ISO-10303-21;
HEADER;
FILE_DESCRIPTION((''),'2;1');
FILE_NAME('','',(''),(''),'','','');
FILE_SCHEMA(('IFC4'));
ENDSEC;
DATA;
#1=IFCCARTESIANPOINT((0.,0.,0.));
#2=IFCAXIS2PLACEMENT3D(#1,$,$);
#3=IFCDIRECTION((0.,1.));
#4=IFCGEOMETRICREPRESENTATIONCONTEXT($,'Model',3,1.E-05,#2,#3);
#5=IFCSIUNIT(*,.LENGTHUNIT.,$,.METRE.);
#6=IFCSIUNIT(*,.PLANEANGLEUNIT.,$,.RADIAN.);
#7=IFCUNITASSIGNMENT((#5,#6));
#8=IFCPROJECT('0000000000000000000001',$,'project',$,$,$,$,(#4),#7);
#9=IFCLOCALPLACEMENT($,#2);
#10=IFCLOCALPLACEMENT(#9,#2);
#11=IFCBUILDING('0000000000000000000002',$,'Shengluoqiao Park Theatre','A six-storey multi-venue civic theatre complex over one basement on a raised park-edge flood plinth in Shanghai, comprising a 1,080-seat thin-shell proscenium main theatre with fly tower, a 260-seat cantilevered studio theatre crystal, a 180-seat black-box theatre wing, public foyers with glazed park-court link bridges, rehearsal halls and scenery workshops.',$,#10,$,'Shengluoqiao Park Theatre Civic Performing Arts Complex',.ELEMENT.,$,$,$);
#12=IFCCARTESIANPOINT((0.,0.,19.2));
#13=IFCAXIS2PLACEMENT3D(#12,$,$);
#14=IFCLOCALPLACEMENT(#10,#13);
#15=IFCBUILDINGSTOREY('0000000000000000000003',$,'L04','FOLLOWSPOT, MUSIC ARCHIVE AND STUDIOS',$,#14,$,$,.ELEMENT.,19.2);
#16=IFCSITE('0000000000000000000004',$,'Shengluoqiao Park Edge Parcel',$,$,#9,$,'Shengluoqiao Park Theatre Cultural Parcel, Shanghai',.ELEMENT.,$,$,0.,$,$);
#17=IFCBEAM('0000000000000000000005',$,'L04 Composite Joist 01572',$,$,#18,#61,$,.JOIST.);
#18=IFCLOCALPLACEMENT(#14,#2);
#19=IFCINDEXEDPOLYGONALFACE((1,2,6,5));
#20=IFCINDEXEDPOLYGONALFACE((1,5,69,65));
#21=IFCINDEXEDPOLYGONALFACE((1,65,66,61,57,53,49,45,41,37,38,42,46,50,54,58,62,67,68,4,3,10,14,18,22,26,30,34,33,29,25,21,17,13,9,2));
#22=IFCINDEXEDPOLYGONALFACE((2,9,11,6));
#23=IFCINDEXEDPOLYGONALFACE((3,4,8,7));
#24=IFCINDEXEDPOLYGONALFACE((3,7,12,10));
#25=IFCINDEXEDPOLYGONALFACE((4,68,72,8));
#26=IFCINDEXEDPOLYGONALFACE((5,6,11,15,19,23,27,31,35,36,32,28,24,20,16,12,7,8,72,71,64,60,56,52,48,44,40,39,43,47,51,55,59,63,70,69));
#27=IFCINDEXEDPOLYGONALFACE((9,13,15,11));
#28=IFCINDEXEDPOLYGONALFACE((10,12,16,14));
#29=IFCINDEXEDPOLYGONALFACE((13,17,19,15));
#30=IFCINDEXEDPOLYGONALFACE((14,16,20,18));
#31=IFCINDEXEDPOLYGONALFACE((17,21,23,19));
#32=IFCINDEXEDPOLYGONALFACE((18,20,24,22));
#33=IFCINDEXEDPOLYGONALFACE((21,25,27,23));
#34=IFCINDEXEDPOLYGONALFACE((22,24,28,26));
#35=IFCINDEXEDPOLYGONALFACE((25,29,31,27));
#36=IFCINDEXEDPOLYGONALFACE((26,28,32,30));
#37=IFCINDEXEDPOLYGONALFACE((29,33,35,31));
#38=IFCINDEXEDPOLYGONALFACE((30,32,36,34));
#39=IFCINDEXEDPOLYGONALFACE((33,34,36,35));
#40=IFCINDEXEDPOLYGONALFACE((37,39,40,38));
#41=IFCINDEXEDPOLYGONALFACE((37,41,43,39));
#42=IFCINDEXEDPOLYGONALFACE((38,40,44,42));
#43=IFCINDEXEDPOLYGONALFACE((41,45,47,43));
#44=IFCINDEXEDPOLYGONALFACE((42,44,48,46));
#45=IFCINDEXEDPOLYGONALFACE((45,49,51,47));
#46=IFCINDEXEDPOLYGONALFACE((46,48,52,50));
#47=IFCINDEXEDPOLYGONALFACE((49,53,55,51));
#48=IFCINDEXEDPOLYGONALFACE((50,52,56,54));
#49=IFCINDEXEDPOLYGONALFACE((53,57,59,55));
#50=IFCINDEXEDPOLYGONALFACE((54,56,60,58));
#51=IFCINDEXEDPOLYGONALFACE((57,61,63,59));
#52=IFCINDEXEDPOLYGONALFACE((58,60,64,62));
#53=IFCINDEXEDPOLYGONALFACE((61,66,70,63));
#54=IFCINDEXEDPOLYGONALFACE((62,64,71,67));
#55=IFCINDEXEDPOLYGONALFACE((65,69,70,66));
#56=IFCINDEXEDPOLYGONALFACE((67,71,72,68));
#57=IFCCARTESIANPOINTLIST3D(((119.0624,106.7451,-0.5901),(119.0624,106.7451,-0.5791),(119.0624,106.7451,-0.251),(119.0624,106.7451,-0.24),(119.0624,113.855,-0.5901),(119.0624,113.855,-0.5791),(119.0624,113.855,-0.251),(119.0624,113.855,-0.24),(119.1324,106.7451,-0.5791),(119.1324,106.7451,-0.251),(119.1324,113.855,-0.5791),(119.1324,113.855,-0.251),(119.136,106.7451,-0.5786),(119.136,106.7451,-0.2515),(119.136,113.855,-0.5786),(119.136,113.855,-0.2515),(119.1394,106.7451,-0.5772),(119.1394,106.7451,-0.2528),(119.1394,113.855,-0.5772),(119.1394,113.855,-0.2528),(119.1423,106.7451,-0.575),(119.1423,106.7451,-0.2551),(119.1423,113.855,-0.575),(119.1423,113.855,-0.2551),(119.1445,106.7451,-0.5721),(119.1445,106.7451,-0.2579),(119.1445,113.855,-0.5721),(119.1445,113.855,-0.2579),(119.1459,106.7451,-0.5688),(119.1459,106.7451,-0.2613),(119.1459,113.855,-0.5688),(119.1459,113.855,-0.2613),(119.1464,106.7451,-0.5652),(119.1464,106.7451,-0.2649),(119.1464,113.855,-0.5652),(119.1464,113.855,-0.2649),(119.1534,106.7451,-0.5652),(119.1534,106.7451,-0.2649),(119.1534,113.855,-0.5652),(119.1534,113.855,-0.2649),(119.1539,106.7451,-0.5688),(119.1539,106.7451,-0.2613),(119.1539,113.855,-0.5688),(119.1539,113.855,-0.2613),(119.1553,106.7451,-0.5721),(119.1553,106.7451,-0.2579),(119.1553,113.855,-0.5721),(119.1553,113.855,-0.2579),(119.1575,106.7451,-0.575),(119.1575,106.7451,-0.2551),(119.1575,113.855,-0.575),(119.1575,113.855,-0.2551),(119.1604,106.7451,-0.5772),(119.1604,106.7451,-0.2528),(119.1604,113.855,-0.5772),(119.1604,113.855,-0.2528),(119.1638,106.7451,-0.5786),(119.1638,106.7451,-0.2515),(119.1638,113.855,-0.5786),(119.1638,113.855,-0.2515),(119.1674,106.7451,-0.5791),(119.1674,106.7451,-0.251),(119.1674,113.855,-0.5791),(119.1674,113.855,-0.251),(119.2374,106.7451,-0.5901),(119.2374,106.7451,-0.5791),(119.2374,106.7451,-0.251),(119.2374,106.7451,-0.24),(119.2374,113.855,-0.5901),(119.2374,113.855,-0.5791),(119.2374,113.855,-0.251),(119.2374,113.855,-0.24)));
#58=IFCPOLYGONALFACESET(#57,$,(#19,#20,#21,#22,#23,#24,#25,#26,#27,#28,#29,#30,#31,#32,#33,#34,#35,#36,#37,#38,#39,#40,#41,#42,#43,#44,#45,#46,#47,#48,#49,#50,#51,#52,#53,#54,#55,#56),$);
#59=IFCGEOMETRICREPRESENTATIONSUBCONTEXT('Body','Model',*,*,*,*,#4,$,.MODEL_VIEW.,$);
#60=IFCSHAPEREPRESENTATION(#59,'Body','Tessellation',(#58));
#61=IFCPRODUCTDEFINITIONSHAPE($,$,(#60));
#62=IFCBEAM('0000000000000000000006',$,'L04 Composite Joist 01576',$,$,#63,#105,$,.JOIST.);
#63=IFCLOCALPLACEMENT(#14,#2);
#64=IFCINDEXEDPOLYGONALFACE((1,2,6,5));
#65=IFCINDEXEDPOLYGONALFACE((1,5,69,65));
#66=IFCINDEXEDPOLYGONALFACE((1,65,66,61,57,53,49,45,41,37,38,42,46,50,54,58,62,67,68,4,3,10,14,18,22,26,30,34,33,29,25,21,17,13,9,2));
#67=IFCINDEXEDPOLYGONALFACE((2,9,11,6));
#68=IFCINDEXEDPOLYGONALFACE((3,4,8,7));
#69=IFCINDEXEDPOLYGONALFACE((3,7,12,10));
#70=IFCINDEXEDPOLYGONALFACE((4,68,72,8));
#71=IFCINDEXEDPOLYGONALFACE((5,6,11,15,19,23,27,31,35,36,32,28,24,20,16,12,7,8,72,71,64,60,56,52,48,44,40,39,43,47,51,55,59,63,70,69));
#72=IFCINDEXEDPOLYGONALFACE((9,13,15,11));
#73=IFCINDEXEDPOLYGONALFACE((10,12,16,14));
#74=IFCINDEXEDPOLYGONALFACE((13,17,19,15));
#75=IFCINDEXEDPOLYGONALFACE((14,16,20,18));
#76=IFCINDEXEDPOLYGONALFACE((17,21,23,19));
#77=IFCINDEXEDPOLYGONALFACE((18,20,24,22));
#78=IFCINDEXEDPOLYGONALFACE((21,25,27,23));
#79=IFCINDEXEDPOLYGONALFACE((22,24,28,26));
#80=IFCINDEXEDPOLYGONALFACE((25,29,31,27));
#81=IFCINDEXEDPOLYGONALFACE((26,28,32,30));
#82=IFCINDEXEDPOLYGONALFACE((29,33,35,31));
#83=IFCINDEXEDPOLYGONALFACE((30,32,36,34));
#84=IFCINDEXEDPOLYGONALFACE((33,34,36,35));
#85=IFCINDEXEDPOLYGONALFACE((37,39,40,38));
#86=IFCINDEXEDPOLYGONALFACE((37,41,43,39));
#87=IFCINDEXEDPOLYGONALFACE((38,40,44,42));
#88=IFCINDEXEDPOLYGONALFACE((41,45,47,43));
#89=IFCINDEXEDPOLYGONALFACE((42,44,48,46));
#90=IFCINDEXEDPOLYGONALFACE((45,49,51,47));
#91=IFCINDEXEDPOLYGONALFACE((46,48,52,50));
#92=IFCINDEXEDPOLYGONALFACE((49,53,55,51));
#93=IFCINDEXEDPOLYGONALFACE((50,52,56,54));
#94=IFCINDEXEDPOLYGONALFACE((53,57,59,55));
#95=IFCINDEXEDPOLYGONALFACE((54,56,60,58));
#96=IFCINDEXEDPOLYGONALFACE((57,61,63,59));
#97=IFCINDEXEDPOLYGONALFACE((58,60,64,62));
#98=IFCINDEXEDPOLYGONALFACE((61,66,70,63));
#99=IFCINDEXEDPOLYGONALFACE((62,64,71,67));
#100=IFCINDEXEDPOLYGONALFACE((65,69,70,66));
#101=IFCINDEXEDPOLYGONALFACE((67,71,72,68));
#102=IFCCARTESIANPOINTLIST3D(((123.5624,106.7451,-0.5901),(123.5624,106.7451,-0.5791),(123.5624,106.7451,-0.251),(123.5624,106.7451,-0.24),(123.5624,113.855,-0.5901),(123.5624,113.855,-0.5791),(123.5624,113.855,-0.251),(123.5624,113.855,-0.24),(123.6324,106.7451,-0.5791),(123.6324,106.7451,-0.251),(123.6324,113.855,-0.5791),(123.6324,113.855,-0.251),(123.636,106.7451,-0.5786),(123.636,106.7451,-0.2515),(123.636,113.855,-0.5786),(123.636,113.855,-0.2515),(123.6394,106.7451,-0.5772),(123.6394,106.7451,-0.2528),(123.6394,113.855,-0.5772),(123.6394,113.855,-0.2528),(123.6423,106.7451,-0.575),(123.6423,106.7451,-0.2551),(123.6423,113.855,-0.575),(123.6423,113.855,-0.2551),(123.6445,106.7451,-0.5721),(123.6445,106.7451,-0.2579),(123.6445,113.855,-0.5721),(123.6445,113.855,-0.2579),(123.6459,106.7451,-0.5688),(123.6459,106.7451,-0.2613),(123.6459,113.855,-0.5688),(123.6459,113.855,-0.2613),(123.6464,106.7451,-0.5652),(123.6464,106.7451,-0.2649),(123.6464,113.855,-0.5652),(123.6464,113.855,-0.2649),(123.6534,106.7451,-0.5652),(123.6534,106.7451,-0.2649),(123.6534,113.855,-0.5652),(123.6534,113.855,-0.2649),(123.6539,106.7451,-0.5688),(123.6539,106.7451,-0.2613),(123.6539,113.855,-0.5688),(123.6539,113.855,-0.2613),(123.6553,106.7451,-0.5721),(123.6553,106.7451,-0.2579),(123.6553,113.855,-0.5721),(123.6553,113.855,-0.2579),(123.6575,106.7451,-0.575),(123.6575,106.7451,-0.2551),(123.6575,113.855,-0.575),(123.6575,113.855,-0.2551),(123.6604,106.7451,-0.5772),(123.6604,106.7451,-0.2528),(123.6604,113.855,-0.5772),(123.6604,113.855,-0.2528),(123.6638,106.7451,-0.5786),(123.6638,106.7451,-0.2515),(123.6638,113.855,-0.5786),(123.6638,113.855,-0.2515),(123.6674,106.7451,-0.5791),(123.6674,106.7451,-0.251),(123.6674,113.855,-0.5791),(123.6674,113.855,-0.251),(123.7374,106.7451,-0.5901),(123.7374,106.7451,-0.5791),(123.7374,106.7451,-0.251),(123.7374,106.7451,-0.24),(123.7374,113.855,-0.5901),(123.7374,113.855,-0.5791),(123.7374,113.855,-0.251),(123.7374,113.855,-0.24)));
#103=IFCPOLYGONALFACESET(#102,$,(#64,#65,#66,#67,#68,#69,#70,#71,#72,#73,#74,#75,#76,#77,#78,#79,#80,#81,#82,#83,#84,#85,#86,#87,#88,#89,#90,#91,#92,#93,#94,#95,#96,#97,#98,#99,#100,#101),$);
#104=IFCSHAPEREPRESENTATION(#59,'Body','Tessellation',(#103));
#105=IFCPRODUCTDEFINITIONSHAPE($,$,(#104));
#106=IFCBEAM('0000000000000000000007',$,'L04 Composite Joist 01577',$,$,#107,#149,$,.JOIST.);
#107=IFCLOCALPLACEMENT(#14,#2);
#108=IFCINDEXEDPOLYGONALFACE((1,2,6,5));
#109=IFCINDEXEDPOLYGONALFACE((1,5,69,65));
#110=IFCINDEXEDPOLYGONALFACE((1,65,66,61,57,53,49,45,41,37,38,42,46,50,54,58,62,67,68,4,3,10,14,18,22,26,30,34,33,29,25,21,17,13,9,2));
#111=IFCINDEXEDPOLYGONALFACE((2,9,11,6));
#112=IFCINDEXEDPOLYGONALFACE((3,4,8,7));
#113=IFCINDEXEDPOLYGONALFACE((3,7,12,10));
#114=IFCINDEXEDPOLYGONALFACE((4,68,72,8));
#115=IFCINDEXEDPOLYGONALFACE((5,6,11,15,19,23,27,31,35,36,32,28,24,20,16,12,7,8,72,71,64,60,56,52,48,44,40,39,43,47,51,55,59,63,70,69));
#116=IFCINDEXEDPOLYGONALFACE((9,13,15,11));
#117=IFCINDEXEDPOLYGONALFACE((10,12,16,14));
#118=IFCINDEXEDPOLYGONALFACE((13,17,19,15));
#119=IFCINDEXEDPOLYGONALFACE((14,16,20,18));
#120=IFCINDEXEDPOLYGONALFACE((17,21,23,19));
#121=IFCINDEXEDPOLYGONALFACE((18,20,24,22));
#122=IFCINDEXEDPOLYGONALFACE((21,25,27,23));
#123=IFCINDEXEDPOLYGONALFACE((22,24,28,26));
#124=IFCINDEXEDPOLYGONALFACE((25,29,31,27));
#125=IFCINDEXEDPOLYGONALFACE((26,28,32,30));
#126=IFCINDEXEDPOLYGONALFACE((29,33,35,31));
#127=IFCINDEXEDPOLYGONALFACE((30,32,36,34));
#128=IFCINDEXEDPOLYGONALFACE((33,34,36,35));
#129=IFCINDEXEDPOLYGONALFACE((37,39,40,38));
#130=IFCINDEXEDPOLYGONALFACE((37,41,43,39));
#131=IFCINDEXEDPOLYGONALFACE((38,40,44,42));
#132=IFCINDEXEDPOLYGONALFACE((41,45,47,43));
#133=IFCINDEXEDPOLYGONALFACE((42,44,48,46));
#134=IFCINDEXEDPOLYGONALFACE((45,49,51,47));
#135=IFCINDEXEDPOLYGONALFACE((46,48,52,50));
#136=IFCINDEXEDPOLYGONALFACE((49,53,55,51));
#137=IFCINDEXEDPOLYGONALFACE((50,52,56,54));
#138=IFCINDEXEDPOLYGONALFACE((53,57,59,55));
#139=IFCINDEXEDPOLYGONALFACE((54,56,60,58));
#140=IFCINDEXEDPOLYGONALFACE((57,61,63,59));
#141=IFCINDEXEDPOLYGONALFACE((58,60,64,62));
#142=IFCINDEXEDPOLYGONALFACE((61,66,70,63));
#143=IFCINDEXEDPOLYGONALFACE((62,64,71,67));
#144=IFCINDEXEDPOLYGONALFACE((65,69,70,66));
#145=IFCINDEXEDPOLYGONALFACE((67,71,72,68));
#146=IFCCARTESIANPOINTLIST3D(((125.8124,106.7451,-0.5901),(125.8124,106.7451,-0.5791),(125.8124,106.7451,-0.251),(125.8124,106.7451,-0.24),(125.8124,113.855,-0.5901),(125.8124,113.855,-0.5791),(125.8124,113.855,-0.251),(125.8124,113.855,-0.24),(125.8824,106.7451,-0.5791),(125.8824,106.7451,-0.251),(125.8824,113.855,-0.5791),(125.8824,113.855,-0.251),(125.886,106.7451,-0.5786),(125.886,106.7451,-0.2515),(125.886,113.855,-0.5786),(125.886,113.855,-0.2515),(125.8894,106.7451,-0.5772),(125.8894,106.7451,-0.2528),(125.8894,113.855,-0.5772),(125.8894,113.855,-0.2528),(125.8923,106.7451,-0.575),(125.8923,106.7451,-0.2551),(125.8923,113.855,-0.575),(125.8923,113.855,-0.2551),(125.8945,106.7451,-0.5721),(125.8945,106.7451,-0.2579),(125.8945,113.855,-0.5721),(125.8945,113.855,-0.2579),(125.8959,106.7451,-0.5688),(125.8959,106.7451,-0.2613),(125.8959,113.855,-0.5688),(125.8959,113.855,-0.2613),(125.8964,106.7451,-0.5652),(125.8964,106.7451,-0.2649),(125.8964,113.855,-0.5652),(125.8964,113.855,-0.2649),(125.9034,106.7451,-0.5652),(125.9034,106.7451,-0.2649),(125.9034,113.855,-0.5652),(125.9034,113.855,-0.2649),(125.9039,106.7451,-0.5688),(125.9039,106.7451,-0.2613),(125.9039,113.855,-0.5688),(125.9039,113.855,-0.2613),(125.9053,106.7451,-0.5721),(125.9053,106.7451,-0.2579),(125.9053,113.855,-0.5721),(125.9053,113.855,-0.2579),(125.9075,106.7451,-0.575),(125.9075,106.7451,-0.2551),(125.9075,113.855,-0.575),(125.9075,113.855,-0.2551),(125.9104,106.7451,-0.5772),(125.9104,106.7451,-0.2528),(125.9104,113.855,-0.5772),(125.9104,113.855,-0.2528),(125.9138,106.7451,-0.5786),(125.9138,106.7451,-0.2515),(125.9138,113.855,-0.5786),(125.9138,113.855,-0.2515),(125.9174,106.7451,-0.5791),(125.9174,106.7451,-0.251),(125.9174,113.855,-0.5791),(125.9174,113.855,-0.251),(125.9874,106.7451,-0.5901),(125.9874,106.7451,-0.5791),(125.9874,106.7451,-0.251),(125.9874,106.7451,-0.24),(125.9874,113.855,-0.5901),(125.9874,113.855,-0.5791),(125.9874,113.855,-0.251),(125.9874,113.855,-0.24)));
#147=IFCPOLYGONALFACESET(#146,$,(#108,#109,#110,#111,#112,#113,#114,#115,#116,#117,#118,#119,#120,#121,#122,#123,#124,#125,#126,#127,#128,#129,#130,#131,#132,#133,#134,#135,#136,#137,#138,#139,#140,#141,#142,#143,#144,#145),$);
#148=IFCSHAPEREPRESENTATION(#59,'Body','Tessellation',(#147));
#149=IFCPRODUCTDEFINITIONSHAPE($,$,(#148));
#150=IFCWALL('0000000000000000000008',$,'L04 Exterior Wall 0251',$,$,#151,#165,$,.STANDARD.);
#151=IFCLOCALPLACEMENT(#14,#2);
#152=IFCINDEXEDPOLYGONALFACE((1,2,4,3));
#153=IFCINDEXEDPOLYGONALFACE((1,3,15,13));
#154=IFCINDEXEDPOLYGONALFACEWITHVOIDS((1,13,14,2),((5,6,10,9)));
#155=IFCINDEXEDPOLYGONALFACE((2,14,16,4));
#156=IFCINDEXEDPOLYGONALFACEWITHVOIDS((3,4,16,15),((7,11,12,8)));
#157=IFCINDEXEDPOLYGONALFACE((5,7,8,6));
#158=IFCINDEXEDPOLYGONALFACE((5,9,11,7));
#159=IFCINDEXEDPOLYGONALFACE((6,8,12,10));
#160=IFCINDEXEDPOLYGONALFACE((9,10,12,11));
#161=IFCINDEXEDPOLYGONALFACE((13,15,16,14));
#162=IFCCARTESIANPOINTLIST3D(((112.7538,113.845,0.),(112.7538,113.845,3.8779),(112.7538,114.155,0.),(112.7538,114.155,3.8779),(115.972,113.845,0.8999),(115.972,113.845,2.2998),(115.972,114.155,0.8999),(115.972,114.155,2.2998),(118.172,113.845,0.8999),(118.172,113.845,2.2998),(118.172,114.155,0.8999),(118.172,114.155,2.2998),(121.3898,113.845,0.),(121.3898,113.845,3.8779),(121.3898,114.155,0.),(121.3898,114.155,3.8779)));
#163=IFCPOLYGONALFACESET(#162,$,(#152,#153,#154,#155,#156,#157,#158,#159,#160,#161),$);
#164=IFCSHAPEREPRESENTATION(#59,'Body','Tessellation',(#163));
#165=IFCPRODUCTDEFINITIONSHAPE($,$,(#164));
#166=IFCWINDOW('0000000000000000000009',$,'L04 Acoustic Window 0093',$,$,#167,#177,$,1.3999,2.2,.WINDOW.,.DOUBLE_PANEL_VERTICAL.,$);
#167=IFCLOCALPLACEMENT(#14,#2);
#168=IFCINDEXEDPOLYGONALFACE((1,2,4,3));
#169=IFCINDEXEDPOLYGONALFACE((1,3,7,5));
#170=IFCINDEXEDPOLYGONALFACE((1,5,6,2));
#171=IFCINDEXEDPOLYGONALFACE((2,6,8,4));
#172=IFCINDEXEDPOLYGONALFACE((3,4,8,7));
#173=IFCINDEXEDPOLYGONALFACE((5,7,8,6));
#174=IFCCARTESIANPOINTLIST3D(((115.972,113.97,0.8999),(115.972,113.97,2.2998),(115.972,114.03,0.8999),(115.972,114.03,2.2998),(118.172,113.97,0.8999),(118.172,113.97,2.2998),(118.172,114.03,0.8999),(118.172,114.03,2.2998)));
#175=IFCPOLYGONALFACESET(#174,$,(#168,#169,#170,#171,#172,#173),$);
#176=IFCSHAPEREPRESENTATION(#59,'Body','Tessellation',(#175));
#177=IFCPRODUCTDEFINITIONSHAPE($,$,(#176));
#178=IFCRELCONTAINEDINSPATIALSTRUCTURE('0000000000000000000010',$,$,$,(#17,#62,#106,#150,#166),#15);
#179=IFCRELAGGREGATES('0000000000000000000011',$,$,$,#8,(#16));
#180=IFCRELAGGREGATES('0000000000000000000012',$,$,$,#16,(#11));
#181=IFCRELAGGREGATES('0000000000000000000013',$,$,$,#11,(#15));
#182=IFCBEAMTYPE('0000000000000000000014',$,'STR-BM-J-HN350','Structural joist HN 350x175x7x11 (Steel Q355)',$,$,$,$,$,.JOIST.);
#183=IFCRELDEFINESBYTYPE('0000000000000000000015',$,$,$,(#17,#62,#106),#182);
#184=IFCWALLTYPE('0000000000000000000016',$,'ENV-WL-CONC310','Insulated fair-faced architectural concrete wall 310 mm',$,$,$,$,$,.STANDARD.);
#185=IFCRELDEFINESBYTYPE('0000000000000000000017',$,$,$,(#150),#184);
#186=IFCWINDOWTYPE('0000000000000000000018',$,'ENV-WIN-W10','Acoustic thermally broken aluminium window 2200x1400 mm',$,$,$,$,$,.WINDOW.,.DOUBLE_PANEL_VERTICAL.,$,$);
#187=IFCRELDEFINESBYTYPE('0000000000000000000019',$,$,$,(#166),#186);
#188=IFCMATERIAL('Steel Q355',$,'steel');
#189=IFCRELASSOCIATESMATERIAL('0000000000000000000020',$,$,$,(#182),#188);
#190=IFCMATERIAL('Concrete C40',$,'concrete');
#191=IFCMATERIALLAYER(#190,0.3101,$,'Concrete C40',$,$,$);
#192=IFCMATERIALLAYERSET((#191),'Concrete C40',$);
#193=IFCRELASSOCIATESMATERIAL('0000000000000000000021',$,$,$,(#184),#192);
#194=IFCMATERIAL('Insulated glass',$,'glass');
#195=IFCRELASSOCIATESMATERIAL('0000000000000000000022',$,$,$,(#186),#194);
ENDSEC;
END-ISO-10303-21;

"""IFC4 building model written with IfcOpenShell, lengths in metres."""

from ifc_helpers import new_model, si_unit, direction, frame, frame_2d, origin, origin_2d, place, context, subcontext, project, spatial, rectangle, i_section, extrude, material, layer, layer_set, material_profile, profile_set, type_object, element, fill, save


model = new_model("IFC4")

# Units and contexts
model_context = context("Model", 3, precision=1e-05, world=origin(), true_north=direction((0.0, 1.0)))
body_context = subcontext(model_context, "Body", "Model", "MODEL_VIEW")
ifc_project = project(units=[si_unit("LENGTHUNIT", "METRE"), si_unit("PLANEANGLEUNIT", "RADIAN")], contexts=[model_context])

# Site, building, storey
site_placement = place(None, origin())
site = spatial("IfcSite", under=ifc_project, at=site_placement, Name="Shengluoqiao Park Edge Parcel", LongName="Shengluoqiao Park Theatre Cultural Parcel, Shanghai", CompositionType="ELEMENT", RefElevation=0.0)
building_placement = place(site_placement, origin())
building = spatial("IfcBuilding", under=site, at=building_placement, Name="Shengluoqiao Park Theatre", Description="A six-storey multi-venue civic theatre complex over one basement on a raised park-edge flood plinth in Shanghai, comprising a 1,080-seat thin-shell proscenium main theatre with fly tower, a 260-seat cantilevered studio theatre crystal, a 180-seat black-box theatre wing, public foyers with glazed park-court link bridges, rehearsal halls and scenery workshops.", LongName="Shengluoqiao Park Theatre Civic Performing Arts Complex", CompositionType="ELEMENT")
storey_placement = place(building_placement, frame((0.0, 0.0, 19.2)))
storey = spatial("IfcBuildingStorey", under=building, at=storey_placement, Name="L04", Description="FOLLOWSPOT, MUSIC ARCHIVE AND STUDIOS", CompositionType="ELEMENT", Elevation=19.2)

# Shared definitions
ifc_material_1 = material(Name="Steel Q355", Category="steel")

# Beams
ifc_material_profile_1 = material_profile(ifc_material_1, i_section(OverallWidth=0.175, OverallDepth=0.3501, WebThickness=0.0071, FlangeThickness=0.011, FilletRadius=0.0139, at=origin_2d()), Name="HN 350x175x7x11")
ifc_profile_set_1 = profile_set([ifc_material_profile_1], Name="Steel Q355")
beam_type_1 = type_object("IfcBeamType", Name="STR-BM-J-HN350", Description="Structural joist HN 350x175x7x11 (Steel Q355)", PredefinedType="JOIST", material=ifc_profile_set_1)
for number, where, z_axis, x_axis, name in (
    (1, (119.1499, 106.7451, -0.415), (0.0, 1.0, 0.0), (-1.0, 0.0, 0.0), "L04 Composite Joist 01572"),
    (2, (123.6499, 106.7451, -0.415), (0.0, 1.0, 0.0), (-1.0, 0.0, 0.0), "L04 Composite Joist 01576"),
    (3, (125.8999, 106.7451, -0.415), (0.0, 1.0, 0.0), (-1.0, 0.0, 0.0), "L04 Composite Joist 01577"),
):
    element("IfcBeam", number, at=place(storey_placement, frame(where, z_axis=z_axis, x_axis=x_axis)), inside=storey, type_object=beam_type_1, Name=name, PredefinedType="JOIST", context=body_context, shape_type="SweptSolid", body=[
        extrude(i_section(OverallWidth=0.175, OverallDepth=0.3501, WebThickness=0.0071, FlangeThickness=0.011, FilletRadius=0.0139, at=origin_2d()), origin(), (0.0, 0.0, 1.0), 7.1099),
    ])

# Wall, opening, window
ifc_material_2 = material(Name="Concrete C40", Category="concrete")
ifc_layer_1 = layer(ifc_material_2, 0.3101, Name="Concrete C40")
ifc_layer_set_1 = layer_set([ifc_layer_1], Name="Concrete C40")
wall_type_1 = type_object("IfcWallType", Name="ENV-WL-CONC310", Description="Insulated fair-faced architectural concrete wall 310 mm", PredefinedType="STANDARD", material=ifc_layer_set_1)
wall_1_placement = place(storey_placement, frame((112.7539, 114.0, 0.0), z_axis=(0.0, 0.0, 1.0), x_axis=(1.0, 0.0, 0.0)))
wall_1 = element("IfcWall", 4, at=wall_1_placement, inside=storey, type_object=wall_type_1, Name="L04 Exterior Wall 0251", PredefinedType="STANDARD", context=body_context, shape_type="SweptSolid", body=[
    extrude(rectangle(XDim=8.636, YDim=0.3101, at=frame_2d((4.3179, 0.0))), origin(), (0.0, 0.0, 1.0), 3.8779),
])
opening_1_placement = place(wall_1_placement, frame((3.218, 0.0, 0.8999)))
opening_1 = element("IfcOpeningElement", 5, at=opening_1_placement, cuts=wall_1, PredefinedType="OPENING", context=body_context, shape_type="SweptSolid", body=[
    extrude(rectangle(XDim=2.2, YDim=1.3999, at=frame_2d((1.1001, 0.7))), frame((0.0, 0.165, 0.0), z_axis=(0.0, -1.0, 0.0), x_axis=(1.0, 0.0, 0.0)), (0.0, 0.0, 1.0), 0.3301),
])
ifc_material_3 = material(Name="Insulated glass", Category="glass")
window_type = type_object("IfcWindowType", Name="ENV-WIN-W10", Description="Acoustic thermally broken aluminium window 2200x1400 mm", PartitioningType="DOUBLE_PANEL_VERTICAL", PredefinedType="WINDOW", material=ifc_material_3)
window_1_placement = place(opening_1_placement, origin())
window_1 = element("IfcWindow", 6, at=window_1_placement, inside=storey, type_object=window_type, Name="L04 Acoustic Window 0093", OverallHeight=1.3999, OverallWidth=2.2, PartitioningType="DOUBLE_PANEL_VERTICAL", PredefinedType="WINDOW", context=body_context, shape_type="SweptSolid", body=[
    extrude(rectangle(XDim=2.2, YDim=1.3999, at=frame_2d((1.1001, 0.7))), frame((0.0, 0.03, 0.0), z_axis=(0.0, -1.0, 0.0), x_axis=(1.0, 0.0, 0.0)), (0.0, 0.0, 1.0), 0.0601),
])
fill(opening_1, window_1)

save(model, "model.ifc")
